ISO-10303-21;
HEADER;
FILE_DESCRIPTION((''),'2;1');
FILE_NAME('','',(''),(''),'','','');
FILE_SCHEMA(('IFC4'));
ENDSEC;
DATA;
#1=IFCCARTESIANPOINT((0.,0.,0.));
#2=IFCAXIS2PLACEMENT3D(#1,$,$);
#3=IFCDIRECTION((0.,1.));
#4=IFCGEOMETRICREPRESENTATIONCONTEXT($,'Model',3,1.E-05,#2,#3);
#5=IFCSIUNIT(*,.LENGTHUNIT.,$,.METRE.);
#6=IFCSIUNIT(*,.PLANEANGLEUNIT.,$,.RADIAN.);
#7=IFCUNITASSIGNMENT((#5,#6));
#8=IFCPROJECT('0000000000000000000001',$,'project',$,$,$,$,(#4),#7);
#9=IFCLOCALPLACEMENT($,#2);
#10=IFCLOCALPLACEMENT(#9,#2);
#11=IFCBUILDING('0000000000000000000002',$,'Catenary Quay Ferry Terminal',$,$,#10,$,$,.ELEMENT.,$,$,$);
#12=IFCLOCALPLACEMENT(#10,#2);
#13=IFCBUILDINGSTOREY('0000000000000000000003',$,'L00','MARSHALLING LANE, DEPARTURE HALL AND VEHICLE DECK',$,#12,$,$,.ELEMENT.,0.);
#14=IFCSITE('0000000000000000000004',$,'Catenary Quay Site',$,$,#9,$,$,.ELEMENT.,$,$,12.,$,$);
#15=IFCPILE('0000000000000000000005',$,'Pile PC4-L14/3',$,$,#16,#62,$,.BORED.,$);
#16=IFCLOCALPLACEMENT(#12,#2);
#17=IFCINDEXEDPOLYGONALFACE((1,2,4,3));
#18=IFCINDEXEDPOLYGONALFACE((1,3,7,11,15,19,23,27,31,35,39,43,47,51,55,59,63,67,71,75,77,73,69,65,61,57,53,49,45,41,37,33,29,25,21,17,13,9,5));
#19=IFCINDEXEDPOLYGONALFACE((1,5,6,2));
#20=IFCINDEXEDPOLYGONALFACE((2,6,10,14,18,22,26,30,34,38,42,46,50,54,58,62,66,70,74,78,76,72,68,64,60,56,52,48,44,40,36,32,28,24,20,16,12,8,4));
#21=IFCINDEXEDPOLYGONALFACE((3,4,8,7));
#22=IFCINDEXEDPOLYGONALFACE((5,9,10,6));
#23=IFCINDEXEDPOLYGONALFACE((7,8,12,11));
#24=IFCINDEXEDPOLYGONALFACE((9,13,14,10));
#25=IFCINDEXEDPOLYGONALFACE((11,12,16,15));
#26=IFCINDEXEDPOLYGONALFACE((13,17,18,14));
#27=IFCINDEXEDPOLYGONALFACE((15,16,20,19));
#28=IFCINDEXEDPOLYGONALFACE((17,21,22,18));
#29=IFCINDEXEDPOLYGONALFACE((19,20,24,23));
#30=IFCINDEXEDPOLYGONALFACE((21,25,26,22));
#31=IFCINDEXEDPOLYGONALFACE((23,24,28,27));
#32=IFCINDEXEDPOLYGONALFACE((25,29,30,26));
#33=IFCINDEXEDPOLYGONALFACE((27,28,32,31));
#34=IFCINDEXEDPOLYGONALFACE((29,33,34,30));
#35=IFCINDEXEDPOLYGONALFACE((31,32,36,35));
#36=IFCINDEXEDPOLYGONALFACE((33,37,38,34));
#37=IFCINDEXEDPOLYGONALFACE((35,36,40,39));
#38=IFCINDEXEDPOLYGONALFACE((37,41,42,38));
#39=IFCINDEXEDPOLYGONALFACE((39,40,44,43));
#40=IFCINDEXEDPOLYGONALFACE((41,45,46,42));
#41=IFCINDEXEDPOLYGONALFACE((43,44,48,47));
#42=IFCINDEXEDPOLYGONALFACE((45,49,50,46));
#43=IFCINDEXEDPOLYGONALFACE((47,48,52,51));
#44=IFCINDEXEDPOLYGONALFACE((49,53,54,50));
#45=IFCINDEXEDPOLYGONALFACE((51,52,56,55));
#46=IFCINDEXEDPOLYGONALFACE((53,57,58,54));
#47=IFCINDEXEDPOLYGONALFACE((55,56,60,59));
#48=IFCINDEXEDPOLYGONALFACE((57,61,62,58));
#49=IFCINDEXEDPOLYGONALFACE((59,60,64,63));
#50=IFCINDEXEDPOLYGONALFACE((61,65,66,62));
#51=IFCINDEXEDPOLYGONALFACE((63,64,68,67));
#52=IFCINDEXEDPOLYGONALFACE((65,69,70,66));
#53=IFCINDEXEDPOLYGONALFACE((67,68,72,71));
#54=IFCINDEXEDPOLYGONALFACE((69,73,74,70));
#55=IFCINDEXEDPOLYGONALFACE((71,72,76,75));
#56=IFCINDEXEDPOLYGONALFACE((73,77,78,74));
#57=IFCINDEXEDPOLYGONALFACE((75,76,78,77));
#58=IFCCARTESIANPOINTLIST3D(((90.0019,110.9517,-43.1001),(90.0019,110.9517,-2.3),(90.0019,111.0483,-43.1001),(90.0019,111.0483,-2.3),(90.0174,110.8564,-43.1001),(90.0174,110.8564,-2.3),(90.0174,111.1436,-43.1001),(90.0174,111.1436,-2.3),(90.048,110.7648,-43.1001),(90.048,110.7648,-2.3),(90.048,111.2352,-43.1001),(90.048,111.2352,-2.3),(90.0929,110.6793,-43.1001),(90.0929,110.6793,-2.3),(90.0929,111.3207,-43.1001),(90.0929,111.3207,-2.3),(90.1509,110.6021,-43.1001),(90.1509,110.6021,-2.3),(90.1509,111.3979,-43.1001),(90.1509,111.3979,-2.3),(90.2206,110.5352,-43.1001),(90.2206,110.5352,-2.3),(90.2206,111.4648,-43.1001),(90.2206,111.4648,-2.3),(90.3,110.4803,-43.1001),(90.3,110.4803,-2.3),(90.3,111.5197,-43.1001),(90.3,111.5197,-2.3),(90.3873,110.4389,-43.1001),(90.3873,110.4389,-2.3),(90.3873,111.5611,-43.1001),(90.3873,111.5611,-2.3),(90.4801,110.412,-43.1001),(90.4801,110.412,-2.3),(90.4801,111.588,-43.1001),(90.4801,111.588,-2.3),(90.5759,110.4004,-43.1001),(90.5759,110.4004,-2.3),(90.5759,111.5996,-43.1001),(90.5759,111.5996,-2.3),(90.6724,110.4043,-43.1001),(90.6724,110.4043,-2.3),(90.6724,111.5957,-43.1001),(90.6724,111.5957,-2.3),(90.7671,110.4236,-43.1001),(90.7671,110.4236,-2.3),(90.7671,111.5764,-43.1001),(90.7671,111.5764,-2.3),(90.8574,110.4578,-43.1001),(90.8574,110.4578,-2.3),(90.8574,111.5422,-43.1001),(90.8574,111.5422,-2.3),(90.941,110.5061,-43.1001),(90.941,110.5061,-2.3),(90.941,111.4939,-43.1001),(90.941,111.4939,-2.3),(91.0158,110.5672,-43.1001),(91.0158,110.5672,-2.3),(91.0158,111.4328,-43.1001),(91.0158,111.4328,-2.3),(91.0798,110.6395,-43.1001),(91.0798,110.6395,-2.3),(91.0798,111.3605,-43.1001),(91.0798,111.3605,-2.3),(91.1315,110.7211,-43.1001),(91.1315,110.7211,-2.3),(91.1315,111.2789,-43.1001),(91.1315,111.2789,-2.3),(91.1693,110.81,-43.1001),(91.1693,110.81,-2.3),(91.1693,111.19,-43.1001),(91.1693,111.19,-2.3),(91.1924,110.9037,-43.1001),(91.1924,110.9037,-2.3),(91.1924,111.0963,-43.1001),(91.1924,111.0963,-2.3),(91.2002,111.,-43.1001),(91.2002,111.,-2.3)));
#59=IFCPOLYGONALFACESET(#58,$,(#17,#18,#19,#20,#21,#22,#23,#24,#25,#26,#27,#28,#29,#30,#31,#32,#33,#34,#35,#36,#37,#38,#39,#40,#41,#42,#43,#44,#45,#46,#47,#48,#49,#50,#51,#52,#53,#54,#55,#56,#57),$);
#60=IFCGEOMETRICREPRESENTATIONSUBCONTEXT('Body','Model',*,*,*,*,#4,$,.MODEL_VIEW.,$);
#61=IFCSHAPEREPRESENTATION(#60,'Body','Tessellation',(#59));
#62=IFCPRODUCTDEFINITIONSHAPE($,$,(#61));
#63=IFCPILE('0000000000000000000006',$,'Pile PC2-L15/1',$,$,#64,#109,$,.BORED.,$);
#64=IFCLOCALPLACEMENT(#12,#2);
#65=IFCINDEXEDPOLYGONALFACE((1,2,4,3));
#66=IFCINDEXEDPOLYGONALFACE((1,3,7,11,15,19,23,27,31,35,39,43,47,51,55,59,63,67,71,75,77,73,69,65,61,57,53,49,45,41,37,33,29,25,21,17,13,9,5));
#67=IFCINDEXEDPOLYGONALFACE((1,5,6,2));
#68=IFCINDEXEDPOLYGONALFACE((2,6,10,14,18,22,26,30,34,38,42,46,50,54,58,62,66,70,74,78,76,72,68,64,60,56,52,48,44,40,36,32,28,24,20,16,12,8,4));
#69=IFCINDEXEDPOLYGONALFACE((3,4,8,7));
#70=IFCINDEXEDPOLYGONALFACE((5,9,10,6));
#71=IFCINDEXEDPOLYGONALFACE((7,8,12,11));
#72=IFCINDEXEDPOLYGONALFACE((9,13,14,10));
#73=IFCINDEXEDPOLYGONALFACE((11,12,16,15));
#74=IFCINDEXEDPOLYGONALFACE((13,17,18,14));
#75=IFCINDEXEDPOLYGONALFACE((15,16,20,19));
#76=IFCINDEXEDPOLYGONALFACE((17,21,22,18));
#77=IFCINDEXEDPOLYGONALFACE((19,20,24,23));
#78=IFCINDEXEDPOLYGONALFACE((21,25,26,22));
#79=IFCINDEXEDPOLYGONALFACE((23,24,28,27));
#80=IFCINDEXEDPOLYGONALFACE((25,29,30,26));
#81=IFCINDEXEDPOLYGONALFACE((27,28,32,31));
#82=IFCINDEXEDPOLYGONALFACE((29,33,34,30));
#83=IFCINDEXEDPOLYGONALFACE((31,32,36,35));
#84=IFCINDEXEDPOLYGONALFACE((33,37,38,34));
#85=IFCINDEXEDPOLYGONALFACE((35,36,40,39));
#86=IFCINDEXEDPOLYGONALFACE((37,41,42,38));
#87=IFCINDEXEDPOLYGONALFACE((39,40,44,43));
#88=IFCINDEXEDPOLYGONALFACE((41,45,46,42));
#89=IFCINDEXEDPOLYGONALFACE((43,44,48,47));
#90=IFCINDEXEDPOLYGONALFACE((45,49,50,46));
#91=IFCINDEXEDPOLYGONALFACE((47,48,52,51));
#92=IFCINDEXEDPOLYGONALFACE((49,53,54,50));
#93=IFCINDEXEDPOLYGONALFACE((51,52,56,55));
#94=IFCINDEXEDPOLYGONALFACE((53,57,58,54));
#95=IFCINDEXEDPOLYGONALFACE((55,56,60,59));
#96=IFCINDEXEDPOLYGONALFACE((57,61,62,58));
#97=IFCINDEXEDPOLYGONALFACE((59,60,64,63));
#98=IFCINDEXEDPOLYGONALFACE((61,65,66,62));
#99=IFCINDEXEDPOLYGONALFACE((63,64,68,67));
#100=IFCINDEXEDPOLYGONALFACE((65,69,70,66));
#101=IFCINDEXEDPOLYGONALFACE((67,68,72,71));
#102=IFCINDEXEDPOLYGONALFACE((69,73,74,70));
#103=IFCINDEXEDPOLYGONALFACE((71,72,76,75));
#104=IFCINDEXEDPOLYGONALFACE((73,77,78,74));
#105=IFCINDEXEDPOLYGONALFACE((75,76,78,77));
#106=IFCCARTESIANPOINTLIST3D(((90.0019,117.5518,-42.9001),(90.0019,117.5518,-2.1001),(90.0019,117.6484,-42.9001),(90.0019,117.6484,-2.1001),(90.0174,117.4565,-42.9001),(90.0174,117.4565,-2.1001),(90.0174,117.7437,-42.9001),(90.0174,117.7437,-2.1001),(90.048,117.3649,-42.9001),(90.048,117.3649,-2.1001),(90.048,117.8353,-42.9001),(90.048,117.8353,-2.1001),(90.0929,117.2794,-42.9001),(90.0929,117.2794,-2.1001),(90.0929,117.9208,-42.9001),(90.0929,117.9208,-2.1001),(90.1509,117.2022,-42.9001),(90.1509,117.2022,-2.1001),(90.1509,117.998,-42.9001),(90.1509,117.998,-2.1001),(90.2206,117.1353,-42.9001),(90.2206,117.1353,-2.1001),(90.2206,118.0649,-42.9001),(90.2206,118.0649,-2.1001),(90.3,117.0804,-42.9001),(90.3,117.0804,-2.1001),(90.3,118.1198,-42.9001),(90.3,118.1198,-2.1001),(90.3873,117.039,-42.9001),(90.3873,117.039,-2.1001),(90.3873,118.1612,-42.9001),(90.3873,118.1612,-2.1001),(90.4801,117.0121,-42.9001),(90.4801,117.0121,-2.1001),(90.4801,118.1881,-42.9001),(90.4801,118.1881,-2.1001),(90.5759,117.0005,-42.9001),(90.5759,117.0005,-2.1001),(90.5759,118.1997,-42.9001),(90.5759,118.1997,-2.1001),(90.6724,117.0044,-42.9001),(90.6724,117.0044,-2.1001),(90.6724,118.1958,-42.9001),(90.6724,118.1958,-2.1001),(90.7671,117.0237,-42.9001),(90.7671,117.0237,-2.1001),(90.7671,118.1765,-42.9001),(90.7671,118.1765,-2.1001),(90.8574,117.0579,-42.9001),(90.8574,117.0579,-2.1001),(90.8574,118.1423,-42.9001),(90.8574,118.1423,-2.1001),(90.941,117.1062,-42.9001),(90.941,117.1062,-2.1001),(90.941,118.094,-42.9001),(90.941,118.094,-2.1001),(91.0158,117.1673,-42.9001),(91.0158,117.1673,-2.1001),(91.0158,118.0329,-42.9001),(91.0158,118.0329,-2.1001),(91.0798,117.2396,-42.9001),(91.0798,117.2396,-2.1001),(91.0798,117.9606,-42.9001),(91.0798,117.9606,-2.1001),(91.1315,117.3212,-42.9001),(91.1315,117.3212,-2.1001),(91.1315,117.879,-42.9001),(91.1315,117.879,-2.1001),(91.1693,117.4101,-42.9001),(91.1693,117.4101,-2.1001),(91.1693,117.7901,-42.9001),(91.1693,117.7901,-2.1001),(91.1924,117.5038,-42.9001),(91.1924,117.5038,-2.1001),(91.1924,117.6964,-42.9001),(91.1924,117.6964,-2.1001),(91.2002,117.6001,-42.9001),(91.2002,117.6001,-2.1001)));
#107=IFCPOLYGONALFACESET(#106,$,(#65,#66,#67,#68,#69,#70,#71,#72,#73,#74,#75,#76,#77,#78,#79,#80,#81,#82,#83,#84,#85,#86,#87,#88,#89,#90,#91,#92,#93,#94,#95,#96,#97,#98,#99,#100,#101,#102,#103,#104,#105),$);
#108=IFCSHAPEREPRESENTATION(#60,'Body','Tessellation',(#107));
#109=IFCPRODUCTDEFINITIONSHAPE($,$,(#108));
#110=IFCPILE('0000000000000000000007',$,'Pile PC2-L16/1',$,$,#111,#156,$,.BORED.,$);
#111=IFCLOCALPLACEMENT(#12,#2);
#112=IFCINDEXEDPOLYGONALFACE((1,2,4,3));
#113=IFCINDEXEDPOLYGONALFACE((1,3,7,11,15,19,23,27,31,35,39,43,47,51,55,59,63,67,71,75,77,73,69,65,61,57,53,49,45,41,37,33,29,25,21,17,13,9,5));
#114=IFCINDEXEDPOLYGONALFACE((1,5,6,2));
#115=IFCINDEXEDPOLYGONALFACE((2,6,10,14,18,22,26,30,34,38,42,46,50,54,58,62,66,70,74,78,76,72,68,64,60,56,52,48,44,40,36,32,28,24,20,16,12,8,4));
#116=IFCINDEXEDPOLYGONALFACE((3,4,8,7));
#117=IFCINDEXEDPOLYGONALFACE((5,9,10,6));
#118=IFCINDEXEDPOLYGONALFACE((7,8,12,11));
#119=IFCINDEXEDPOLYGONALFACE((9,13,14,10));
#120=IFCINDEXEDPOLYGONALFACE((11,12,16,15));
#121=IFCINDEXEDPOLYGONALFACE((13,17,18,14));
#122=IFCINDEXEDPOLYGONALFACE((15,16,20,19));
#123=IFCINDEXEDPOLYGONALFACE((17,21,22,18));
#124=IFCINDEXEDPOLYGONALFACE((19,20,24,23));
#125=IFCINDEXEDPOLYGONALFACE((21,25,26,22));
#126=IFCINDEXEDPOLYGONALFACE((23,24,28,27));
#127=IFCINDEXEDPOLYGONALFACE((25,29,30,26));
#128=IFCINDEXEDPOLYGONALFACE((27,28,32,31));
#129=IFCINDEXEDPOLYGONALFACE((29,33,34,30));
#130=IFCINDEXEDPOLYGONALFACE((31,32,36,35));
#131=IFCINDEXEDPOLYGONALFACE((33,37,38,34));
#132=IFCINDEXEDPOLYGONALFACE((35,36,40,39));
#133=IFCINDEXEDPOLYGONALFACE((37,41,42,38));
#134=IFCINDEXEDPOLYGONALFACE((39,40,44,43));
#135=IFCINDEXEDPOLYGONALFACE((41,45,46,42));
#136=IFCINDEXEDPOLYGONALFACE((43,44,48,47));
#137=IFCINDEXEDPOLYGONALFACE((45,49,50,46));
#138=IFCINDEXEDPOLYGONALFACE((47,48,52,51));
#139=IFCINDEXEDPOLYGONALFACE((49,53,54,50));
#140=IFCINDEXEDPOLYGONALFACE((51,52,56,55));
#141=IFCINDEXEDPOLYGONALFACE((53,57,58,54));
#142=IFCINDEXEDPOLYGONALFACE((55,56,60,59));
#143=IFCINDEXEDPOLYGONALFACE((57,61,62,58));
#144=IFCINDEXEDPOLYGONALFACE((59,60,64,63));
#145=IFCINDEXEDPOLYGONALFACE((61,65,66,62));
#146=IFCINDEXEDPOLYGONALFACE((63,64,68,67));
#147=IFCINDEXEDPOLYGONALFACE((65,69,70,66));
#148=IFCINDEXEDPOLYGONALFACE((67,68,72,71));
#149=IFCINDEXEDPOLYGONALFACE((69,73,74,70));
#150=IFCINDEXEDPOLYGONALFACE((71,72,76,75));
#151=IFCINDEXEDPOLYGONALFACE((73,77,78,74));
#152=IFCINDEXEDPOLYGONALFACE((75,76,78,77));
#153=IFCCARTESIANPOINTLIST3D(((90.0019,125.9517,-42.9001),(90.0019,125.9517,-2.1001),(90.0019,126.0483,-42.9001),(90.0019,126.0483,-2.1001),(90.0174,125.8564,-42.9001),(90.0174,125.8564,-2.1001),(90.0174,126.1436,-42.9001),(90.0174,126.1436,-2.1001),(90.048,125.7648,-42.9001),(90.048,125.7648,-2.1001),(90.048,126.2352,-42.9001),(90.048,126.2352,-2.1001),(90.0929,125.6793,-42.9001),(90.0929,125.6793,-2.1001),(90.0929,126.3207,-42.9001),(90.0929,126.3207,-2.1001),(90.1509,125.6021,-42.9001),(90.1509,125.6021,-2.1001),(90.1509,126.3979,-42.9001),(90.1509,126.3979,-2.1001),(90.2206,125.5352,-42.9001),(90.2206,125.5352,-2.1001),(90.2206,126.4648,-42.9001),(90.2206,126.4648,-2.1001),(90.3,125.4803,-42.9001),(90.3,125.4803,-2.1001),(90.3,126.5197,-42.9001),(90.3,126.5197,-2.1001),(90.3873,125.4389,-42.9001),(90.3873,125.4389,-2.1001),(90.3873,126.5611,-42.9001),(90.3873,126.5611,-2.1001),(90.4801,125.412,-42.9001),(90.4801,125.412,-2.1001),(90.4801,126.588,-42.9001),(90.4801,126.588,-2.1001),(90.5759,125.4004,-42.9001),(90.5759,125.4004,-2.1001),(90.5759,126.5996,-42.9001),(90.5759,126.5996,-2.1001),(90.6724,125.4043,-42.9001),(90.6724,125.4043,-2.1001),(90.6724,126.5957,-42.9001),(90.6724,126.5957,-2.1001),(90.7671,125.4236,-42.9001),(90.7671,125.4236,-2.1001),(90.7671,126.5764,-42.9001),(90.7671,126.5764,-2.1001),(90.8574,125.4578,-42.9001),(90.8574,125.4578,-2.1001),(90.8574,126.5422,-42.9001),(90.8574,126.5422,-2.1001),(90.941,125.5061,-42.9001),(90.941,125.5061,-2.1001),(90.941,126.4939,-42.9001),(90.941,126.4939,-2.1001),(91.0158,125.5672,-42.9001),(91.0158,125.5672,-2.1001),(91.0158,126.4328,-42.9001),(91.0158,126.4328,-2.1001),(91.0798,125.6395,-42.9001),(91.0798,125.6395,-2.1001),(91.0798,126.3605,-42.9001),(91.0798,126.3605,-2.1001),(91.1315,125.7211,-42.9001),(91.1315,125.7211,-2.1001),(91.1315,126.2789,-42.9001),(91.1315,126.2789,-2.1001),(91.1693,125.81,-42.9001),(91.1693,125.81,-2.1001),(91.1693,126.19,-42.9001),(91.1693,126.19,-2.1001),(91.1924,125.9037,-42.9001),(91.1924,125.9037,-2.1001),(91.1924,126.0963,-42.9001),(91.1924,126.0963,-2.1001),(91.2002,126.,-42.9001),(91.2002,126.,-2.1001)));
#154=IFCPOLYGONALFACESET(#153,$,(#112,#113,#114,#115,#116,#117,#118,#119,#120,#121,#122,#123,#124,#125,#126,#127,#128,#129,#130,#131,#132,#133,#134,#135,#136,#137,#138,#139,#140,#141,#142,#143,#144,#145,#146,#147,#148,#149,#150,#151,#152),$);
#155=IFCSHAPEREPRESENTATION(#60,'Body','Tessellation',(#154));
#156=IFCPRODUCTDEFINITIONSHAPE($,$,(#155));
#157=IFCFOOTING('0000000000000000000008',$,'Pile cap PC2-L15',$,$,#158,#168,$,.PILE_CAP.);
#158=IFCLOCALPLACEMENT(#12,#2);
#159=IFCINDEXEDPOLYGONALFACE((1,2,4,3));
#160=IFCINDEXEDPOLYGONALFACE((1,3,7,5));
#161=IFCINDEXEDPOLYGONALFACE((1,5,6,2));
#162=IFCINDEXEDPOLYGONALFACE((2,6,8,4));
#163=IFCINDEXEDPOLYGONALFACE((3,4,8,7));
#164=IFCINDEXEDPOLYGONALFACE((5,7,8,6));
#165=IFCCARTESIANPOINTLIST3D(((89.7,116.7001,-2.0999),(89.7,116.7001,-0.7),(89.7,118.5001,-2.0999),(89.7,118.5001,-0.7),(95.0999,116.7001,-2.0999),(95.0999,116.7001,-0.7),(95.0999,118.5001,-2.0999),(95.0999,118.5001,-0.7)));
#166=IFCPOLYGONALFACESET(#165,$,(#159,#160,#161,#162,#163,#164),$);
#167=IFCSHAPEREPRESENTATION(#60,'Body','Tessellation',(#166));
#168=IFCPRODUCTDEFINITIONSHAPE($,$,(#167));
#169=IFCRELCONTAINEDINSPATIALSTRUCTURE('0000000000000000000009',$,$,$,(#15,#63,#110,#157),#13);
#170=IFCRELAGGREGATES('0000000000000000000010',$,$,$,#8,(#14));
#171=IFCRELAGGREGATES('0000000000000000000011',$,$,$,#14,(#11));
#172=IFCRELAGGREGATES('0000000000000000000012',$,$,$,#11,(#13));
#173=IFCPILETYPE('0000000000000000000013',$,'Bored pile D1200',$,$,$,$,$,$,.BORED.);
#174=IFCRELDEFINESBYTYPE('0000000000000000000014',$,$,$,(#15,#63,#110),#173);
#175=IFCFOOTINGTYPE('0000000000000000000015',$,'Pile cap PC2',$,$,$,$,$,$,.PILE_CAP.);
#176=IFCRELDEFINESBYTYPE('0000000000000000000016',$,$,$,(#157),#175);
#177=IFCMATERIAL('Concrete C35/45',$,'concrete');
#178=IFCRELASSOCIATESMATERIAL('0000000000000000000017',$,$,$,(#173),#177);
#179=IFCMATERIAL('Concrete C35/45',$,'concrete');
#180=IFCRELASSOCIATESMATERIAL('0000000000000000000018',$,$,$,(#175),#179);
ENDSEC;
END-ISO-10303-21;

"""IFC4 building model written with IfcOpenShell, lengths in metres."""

from ifc_helpers import new_model, si_unit, direction, frame, origin, origin_2d, place, context, subcontext, project, spatial, rectangle, circle, extrude, material, material_profile, profile_set, type_object, element, save


model = new_model("IFC4")

# Units and contexts
model_context = context("Model", 3, precision=1e-05, world=origin(), true_north=direction((0.0, 1.0)))
body_context = subcontext(model_context, "Body", "Model", "MODEL_VIEW")
ifc_project = project(units=[si_unit("LENGTHUNIT", "METRE"), si_unit("PLANEANGLEUNIT", "RADIAN")], contexts=[model_context])

# Site, building, storey
site_placement = place(None, origin())
site = spatial("IfcSite", under=ifc_project, at=site_placement, Name="Catenary Quay Site", CompositionType="ELEMENT", RefElevation=12.0)
building_placement = place(site_placement, origin())
building = spatial("IfcBuilding", under=site, at=building_placement, Name="Catenary Quay Ferry Terminal", CompositionType="ELEMENT")
storey_placement = place(building_placement, origin())
storey = spatial("IfcBuildingStorey", under=building, at=storey_placement, Name="L00", Description="MARSHALLING LANE, DEPARTURE HALL AND VEHICLE DECK", CompositionType="ELEMENT", Elevation=0.0)

# Piles
ifc_material_1 = material(Name="Concrete C35/45", Category="concrete")
ifc_material_profile_1 = material_profile(ifc_material_1, circle(Radius=0.6001, at=origin_2d()), Name="D1200")
ifc_profile_set_1 = profile_set([ifc_material_profile_1], Name="Concrete C35/45")
pile_type = type_object("IfcPileType", Name="Bored pile D1200", PredefinedType="BORED", material=ifc_profile_set_1)
for number, where, z_axis, x_axis, name in (
    (1, (90.6001, 111.0, -2.3), (0.0, 0.0, -1.0), (1.0, 0.0, 0.0), "Pile PC4-L14/3"),
    (2, (90.6001, 117.6001, -2.1001), (0.0, 0.0, -1.0), (1.0, 0.0, 0.0), "Pile PC2-L15/1"),
    (3, (90.6001, 126.0, -2.1001), (0.0, 0.0, -1.0), (1.0, 0.0, 0.0), "Pile PC2-L16/1"),
):
    element("IfcPile", number, at=place(storey_placement, frame(where, z_axis=z_axis, x_axis=x_axis)), inside=storey, type_object=pile_type, Name=name, PredefinedType="BORED", context=body_context, shape_type="SweptSolid", body=[
        extrude(circle(Radius=0.6001, at=origin_2d()), origin(), (0.0, 0.0, 1.0), 40.8),
    ])

# Footing
ifc_material_2 = material(Name="Concrete C35/45", Category="concrete")
footing_type = type_object("IfcFootingType", Name="Pile cap PC2", PredefinedType="PILE_CAP", material=ifc_material_2)
footing_placement = place(storey_placement, frame((92.3999, 117.6001, -2.0999), z_axis=(0.0, 0.0, 1.0), x_axis=(1.0, 0.0, 0.0)))
element("IfcFooting", 4, at=footing_placement, inside=storey, type_object=footing_type, Name="Pile cap PC2-L15", PredefinedType="PILE_CAP", context=body_context, shape_type="SweptSolid", body=[
    extrude(rectangle(XDim=5.3999, YDim=1.8, at=origin_2d()), origin(), (0.0, 0.0, 1.0), 1.3999),
])

save(model, "model.ifc")
